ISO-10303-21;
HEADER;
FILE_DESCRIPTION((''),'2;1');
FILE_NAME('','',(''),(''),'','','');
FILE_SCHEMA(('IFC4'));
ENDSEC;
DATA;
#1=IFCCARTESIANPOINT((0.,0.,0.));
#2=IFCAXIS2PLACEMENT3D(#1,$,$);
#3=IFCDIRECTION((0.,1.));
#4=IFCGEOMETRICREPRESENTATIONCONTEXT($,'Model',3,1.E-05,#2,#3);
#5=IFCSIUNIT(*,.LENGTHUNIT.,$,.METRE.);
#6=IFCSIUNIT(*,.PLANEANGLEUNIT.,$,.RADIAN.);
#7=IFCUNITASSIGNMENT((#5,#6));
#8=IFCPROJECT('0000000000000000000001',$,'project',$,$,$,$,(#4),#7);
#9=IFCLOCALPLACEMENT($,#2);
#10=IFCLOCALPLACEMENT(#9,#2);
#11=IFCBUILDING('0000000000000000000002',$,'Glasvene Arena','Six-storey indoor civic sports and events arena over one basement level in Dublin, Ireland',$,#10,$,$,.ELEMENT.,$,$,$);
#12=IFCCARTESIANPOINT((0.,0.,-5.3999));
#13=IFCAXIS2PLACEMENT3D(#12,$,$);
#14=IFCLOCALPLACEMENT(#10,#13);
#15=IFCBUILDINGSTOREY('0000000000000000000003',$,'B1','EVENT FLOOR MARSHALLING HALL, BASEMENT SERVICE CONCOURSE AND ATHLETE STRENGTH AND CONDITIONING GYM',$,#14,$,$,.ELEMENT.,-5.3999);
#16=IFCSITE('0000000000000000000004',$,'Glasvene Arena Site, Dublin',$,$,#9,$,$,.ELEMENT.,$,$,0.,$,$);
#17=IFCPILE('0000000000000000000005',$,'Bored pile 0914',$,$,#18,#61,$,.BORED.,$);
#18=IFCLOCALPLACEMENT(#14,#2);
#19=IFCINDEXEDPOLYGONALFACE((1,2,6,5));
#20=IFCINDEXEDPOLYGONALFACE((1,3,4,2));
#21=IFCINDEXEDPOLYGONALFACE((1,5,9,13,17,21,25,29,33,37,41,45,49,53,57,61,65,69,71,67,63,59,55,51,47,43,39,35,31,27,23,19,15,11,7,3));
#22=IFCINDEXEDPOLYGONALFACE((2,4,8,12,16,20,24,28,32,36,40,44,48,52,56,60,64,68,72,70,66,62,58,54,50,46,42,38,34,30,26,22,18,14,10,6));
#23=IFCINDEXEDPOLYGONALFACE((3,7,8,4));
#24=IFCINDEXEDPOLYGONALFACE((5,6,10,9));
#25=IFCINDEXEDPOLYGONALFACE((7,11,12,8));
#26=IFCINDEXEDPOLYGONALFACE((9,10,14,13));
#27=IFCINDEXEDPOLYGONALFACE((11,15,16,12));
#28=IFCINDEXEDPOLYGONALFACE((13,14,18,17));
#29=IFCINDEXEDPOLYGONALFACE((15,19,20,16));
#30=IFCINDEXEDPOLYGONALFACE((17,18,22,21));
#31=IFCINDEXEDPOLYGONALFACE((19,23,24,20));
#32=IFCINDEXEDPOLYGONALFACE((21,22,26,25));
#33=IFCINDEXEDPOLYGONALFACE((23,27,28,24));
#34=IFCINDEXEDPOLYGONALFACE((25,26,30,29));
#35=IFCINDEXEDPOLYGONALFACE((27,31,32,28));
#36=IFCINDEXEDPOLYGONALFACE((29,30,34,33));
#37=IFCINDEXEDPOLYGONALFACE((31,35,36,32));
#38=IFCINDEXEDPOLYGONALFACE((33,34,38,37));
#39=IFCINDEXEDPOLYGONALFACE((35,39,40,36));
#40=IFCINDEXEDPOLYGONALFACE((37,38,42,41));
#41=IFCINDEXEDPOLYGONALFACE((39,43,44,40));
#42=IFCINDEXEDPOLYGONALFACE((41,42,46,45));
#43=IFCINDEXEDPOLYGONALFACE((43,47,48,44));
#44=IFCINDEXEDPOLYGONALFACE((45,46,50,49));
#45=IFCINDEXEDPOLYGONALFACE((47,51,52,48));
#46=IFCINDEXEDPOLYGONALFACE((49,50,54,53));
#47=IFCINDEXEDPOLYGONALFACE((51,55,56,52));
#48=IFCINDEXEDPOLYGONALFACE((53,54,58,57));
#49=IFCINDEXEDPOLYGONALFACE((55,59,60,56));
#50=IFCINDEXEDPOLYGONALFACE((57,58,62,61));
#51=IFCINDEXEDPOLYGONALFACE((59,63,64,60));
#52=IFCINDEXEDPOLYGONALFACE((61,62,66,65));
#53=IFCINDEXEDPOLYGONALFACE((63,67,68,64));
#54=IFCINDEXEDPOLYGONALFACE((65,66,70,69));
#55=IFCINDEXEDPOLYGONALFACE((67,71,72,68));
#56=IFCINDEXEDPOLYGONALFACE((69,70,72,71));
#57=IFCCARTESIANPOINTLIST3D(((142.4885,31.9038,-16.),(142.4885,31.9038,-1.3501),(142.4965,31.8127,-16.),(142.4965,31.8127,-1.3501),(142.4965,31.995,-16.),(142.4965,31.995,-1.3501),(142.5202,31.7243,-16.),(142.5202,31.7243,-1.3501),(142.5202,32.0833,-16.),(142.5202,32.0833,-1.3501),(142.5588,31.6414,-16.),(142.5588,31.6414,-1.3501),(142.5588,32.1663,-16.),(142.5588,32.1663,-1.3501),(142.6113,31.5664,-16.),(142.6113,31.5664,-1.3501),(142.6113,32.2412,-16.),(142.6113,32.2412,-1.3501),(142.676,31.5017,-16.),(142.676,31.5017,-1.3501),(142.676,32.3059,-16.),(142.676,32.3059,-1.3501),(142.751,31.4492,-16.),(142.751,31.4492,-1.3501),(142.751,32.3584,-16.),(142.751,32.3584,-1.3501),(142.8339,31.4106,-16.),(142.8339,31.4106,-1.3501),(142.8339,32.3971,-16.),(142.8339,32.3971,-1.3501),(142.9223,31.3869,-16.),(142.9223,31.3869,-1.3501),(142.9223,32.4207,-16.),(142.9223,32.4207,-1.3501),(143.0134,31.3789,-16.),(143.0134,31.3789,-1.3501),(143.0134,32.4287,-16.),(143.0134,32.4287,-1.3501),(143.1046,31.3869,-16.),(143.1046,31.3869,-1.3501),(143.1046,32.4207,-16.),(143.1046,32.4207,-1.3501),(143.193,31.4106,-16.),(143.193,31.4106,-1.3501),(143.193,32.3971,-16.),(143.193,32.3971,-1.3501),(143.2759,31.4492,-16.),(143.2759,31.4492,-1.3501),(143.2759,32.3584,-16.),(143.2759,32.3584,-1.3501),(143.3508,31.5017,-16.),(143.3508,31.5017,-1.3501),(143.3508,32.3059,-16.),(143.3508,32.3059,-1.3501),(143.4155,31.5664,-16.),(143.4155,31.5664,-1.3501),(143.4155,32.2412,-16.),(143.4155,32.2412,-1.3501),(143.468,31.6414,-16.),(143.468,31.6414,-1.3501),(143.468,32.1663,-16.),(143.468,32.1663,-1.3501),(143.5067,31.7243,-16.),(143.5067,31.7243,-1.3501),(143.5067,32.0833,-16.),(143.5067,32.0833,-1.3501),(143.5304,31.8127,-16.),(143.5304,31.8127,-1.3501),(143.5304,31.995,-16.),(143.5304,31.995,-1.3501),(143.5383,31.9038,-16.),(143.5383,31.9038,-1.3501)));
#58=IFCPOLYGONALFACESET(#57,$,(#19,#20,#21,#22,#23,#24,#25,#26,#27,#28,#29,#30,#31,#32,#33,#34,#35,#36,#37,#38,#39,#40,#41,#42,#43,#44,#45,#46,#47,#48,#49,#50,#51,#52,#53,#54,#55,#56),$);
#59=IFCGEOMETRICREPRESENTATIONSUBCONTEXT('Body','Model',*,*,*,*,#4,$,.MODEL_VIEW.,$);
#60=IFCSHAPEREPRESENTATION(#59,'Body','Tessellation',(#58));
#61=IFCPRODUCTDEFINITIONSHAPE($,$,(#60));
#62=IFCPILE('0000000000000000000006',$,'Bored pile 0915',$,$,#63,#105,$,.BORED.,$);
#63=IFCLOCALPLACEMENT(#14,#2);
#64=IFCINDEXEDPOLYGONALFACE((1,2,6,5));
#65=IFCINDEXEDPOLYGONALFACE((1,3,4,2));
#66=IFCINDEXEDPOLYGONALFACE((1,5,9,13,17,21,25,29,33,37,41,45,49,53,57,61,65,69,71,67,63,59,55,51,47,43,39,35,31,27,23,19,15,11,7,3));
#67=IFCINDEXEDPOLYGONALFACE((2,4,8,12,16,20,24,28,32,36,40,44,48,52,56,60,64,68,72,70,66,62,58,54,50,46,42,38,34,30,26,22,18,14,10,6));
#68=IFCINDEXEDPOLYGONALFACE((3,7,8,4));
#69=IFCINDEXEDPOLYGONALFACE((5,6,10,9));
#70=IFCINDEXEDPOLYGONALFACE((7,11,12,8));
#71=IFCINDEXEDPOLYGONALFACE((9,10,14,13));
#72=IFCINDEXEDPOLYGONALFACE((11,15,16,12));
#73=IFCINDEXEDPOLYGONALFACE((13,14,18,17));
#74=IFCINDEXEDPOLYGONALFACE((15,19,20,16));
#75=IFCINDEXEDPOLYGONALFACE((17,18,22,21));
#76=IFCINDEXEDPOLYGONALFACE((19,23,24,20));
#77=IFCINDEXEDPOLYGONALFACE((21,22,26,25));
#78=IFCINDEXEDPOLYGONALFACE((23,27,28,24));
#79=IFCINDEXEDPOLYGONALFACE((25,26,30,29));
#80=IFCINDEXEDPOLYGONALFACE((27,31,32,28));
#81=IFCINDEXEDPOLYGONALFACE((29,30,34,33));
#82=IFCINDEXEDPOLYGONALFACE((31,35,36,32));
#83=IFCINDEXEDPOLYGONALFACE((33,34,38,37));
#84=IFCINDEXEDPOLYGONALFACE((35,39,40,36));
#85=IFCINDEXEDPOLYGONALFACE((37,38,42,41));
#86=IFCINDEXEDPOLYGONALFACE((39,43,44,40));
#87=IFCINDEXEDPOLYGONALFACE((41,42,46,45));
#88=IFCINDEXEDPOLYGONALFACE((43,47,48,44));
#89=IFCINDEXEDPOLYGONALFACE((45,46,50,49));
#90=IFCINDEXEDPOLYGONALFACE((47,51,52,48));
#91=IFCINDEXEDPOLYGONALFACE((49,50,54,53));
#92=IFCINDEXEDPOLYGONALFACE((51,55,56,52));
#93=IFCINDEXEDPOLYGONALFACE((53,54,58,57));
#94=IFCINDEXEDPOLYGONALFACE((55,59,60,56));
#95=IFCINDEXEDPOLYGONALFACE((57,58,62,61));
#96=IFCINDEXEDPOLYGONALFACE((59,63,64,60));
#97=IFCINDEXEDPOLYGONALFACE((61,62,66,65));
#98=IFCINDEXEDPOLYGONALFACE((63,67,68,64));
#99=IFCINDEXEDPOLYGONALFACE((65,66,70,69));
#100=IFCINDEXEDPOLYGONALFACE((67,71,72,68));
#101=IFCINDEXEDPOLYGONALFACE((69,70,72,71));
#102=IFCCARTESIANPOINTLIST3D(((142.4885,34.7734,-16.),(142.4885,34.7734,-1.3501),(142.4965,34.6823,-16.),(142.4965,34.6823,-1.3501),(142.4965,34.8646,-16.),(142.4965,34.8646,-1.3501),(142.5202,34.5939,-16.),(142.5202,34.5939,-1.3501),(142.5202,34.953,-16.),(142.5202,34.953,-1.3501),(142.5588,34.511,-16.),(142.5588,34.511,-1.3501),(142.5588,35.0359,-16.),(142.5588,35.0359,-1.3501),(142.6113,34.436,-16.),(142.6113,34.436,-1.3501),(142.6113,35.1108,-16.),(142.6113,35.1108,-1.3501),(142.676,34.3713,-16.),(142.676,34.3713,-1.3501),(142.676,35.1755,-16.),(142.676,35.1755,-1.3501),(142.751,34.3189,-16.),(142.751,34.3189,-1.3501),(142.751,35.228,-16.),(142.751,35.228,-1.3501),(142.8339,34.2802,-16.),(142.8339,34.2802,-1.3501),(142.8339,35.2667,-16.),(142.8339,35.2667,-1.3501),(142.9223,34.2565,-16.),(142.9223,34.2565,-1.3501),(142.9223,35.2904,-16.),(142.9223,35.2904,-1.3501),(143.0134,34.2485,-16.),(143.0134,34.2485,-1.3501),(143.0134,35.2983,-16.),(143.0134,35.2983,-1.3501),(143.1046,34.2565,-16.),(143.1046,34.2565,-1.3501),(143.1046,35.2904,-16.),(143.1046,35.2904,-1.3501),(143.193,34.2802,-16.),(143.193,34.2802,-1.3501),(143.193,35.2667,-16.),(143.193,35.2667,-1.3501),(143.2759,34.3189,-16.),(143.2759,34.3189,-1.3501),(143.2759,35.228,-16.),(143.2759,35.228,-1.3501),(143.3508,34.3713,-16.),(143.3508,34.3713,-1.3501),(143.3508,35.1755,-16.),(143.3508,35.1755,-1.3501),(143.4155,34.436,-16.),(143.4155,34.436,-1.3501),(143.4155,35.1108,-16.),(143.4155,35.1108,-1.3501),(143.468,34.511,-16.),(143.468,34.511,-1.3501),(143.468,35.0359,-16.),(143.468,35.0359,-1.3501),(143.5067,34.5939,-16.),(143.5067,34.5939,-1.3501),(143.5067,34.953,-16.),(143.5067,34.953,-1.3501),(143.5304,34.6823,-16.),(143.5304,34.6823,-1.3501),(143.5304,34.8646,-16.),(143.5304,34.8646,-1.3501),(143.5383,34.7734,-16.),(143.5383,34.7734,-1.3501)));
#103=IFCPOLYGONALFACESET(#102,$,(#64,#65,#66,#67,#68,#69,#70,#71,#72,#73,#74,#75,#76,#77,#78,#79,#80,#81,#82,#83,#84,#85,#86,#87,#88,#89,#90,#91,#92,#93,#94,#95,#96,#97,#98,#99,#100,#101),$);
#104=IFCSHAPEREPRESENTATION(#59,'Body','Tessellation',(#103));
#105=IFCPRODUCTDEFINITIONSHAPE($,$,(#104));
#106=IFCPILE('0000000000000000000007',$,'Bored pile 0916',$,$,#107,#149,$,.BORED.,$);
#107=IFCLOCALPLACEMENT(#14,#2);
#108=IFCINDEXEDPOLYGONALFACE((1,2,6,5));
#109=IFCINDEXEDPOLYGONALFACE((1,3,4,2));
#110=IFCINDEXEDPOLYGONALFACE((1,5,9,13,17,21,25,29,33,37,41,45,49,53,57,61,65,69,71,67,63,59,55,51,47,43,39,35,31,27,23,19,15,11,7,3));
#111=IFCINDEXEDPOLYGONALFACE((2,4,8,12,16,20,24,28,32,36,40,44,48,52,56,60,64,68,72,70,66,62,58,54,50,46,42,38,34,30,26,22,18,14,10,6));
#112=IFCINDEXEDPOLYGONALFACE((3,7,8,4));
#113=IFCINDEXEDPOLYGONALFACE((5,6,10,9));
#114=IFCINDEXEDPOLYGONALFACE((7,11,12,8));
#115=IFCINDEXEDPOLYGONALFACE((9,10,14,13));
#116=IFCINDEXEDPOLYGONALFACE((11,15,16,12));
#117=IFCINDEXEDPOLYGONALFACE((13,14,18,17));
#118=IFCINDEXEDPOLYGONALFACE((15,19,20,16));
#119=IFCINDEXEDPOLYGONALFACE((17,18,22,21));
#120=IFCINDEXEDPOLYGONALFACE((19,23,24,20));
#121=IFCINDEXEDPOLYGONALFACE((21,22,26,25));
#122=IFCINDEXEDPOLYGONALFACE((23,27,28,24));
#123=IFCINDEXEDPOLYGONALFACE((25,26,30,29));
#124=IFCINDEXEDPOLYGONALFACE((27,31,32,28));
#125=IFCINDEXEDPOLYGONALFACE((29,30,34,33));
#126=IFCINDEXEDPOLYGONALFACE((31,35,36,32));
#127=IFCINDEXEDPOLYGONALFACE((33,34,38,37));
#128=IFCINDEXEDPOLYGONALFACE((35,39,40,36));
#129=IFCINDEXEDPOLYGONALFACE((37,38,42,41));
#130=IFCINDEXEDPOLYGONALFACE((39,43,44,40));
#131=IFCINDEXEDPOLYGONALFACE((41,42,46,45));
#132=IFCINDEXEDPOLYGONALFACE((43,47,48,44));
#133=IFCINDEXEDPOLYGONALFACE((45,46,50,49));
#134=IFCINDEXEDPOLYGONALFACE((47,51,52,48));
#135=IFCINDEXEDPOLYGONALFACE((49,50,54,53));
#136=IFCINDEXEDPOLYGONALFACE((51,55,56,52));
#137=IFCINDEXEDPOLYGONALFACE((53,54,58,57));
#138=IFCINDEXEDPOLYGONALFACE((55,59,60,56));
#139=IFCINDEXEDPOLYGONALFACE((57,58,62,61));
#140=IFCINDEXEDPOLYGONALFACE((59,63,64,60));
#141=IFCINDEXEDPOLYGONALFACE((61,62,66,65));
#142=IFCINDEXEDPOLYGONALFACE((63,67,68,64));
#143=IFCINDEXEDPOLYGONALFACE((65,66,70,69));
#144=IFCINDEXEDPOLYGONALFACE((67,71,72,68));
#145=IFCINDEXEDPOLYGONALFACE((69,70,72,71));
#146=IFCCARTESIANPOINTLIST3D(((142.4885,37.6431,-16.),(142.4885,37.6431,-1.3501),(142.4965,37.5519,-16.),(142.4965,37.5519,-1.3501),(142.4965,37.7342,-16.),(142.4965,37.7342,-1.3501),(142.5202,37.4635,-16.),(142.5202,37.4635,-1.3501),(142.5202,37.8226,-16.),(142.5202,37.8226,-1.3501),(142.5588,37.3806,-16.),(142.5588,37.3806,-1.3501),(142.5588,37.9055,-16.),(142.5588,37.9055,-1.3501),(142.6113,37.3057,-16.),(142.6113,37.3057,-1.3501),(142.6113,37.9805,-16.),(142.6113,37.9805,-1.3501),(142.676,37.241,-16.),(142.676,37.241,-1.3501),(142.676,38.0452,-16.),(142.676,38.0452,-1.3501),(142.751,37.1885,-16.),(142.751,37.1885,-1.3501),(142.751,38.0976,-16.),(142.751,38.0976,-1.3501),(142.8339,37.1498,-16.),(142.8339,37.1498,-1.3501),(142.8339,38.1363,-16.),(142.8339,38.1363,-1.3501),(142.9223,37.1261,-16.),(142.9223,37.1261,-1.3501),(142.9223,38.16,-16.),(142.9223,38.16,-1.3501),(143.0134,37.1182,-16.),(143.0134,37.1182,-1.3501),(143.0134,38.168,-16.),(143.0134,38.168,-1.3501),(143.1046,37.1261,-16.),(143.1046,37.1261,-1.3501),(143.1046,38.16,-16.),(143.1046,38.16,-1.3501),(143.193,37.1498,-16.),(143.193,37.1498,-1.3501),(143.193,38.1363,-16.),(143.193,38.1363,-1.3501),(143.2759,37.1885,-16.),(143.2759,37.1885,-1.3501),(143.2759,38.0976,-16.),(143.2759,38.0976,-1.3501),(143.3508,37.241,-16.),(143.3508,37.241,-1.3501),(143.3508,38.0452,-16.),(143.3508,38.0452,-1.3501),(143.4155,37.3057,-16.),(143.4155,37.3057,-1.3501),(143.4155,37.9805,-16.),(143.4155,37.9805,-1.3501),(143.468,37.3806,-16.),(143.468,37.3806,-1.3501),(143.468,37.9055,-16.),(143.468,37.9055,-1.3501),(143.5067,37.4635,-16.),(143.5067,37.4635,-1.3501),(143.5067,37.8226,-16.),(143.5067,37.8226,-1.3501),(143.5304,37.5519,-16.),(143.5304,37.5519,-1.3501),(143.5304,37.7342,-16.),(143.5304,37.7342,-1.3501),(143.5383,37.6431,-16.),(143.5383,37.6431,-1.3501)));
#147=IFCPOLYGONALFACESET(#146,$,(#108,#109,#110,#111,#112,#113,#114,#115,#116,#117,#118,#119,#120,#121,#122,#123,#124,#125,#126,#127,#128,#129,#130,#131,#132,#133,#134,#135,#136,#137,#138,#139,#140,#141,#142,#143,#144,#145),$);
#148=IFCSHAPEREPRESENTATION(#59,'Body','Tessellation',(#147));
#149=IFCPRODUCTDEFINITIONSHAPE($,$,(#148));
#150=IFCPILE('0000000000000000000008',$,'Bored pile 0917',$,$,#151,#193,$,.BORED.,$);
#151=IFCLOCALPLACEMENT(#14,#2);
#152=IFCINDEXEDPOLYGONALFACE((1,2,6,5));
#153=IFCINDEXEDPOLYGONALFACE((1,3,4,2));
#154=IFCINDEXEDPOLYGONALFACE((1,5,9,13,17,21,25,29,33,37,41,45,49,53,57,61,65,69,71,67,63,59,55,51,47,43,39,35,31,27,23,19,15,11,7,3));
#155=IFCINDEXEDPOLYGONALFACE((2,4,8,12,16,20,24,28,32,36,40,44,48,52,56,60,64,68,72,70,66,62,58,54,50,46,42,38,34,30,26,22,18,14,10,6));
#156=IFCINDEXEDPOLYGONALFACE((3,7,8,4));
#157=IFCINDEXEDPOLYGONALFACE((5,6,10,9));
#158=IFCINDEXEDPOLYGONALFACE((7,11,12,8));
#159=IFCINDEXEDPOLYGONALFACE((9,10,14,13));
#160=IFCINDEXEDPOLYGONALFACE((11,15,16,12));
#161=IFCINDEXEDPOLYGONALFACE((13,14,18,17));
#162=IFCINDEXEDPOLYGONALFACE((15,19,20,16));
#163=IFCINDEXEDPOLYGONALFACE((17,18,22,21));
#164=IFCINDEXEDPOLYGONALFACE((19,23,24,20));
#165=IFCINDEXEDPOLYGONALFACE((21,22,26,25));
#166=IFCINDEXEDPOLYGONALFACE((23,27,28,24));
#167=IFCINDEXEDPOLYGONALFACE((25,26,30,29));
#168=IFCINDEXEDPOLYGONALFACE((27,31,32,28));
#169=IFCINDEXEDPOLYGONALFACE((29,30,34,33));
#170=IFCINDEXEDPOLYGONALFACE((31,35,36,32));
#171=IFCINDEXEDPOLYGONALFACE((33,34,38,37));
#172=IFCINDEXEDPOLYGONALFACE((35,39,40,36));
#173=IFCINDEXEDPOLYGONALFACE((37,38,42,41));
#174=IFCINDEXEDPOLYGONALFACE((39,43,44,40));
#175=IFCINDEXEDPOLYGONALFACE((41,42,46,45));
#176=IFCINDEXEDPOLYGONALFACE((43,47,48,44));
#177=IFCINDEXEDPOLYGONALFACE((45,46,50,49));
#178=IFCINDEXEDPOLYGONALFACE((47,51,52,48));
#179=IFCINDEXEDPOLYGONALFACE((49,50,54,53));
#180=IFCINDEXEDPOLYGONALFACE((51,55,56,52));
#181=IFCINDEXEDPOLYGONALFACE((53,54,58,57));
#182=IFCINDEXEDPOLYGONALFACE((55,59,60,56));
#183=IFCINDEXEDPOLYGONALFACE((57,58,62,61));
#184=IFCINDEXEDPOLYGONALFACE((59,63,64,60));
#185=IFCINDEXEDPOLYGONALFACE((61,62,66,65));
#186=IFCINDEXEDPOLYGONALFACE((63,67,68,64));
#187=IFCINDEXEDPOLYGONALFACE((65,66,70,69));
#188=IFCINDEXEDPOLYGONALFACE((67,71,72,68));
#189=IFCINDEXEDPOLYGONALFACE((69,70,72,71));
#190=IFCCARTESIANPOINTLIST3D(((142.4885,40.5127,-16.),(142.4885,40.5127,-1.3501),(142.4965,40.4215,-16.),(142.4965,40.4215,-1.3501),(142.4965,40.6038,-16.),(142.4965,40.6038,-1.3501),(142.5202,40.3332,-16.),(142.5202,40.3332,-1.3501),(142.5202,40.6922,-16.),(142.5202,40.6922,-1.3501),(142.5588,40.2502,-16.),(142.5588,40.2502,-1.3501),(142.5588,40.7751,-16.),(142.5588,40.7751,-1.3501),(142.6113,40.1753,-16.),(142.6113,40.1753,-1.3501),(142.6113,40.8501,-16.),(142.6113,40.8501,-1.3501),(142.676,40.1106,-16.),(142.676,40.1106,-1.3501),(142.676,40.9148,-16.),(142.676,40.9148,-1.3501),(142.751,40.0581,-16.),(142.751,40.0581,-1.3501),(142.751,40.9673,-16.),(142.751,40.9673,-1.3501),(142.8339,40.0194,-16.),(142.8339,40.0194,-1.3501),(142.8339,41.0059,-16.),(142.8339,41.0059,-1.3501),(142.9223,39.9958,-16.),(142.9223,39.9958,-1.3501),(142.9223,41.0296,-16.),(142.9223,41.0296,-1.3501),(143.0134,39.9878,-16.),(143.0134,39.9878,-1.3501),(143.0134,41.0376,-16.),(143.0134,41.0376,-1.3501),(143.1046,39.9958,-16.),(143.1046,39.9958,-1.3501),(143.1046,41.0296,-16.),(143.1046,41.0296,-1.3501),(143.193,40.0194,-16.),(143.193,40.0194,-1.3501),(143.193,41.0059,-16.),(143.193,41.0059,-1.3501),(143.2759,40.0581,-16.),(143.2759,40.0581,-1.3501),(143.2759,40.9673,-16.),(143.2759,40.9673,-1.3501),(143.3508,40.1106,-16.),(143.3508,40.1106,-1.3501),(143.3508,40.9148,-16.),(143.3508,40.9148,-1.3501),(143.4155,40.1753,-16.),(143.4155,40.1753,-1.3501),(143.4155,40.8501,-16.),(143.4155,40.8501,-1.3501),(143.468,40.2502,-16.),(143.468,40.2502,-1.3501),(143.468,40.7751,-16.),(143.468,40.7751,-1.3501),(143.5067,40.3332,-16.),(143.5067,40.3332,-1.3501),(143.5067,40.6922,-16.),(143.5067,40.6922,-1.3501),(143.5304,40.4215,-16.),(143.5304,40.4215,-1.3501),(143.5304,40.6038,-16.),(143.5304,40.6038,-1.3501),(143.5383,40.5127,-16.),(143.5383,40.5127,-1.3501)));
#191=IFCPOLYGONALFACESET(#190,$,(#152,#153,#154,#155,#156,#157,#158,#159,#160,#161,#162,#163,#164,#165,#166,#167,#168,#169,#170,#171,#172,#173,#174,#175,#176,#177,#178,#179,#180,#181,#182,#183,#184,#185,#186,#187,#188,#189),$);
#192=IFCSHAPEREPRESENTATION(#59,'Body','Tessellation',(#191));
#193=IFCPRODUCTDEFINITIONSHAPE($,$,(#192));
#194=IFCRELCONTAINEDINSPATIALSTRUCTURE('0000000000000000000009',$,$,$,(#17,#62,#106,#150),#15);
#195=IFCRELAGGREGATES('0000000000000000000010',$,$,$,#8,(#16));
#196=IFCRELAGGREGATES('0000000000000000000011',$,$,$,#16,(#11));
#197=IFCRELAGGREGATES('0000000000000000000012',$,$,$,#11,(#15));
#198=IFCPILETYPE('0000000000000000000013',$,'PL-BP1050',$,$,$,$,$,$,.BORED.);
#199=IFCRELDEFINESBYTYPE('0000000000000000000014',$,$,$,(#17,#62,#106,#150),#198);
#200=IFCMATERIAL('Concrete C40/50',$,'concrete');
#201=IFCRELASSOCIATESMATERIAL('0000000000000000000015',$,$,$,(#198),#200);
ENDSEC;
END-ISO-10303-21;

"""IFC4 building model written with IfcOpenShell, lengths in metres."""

from ifc_helpers import new_model, si_unit, direction, frame, origin, origin_2d, place, context, subcontext, project, spatial, circle, extrude, material, material_profile, profile_set, type_object, element, save


model = new_model("IFC4")

# Units and contexts
model_context = context("Model", 3, precision=1e-05, world=origin(), true_north=direction((0.0, 1.0)))
body_context = subcontext(model_context, "Body", "Model", "MODEL_VIEW")
ifc_project = project(units=[si_unit("LENGTHUNIT", "METRE"), si_unit("PLANEANGLEUNIT", "RADIAN")], contexts=[model_context])

# Site, building, storey
site_placement = place(None, origin())
site = spatial("IfcSite", under=ifc_project, at=site_placement, Name="Glasvene Arena Site, Dublin", CompositionType="ELEMENT", RefElevation=0.0)
building_placement = place(site_placement, origin())
building = spatial("IfcBuilding", under=site, at=building_placement, Name="Glasvene Arena", Description="Six-storey indoor civic sports and events arena over one basement level in Dublin, Ireland", CompositionType="ELEMENT")
storey_placement = place(building_placement, frame((0.0, 0.0, -5.3999)))
storey = spatial("IfcBuildingStorey", under=building, at=storey_placement, Name="B1", Description="EVENT FLOOR MARSHALLING HALL, BASEMENT SERVICE CONCOURSE AND ATHLETE STRENGTH AND CONDITIONING GYM", CompositionType="ELEMENT", Elevation=-5.3999)

# Piles
ifc_material = material(Name="Concrete C40/50", Category="concrete")
ifc_material_profile = material_profile(ifc_material, circle(Radius=0.5249, at=origin_2d()), Name="BORED PILE 1050")
ifc_profile_set = profile_set([ifc_material_profile], Name="Concrete C40/50")
pile_type = type_object("IfcPileType", Name="PL-BP1050", PredefinedType="BORED", material=ifc_profile_set)
for number, where, z_axis, x_axis, name in (
    (1, (143.0134, 31.9038, -1.3501), (0.0, 0.0, -1.0), (1.0, 0.0, 0.0), "Bored pile 0914"),
    (2, (143.0134, 34.7734, -1.3501), (0.0, 0.0, -1.0), (1.0, 0.0, 0.0), "Bored pile 0915"),
    (3, (143.0134, 37.6431, -1.3501), (0.0, 0.0, -1.0), (1.0, 0.0, 0.0), "Bored pile 0916"),
    (4, (143.0134, 40.5127, -1.3501), (0.0, 0.0, -1.0), (1.0, 0.0, 0.0), "Bored pile 0917"),
):
    element("IfcPile", number, at=place(storey_placement, frame(where, z_axis=z_axis, x_axis=x_axis)), inside=storey, type_object=pile_type, Name=name, PredefinedType="BORED", context=body_context, shape_type="SweptSolid", body=[
        extrude(circle(Radius=0.5249, at=origin_2d()), origin(), (0.0, 0.0, 1.0), 14.6499),
    ])

save(model, "model.ifc")
